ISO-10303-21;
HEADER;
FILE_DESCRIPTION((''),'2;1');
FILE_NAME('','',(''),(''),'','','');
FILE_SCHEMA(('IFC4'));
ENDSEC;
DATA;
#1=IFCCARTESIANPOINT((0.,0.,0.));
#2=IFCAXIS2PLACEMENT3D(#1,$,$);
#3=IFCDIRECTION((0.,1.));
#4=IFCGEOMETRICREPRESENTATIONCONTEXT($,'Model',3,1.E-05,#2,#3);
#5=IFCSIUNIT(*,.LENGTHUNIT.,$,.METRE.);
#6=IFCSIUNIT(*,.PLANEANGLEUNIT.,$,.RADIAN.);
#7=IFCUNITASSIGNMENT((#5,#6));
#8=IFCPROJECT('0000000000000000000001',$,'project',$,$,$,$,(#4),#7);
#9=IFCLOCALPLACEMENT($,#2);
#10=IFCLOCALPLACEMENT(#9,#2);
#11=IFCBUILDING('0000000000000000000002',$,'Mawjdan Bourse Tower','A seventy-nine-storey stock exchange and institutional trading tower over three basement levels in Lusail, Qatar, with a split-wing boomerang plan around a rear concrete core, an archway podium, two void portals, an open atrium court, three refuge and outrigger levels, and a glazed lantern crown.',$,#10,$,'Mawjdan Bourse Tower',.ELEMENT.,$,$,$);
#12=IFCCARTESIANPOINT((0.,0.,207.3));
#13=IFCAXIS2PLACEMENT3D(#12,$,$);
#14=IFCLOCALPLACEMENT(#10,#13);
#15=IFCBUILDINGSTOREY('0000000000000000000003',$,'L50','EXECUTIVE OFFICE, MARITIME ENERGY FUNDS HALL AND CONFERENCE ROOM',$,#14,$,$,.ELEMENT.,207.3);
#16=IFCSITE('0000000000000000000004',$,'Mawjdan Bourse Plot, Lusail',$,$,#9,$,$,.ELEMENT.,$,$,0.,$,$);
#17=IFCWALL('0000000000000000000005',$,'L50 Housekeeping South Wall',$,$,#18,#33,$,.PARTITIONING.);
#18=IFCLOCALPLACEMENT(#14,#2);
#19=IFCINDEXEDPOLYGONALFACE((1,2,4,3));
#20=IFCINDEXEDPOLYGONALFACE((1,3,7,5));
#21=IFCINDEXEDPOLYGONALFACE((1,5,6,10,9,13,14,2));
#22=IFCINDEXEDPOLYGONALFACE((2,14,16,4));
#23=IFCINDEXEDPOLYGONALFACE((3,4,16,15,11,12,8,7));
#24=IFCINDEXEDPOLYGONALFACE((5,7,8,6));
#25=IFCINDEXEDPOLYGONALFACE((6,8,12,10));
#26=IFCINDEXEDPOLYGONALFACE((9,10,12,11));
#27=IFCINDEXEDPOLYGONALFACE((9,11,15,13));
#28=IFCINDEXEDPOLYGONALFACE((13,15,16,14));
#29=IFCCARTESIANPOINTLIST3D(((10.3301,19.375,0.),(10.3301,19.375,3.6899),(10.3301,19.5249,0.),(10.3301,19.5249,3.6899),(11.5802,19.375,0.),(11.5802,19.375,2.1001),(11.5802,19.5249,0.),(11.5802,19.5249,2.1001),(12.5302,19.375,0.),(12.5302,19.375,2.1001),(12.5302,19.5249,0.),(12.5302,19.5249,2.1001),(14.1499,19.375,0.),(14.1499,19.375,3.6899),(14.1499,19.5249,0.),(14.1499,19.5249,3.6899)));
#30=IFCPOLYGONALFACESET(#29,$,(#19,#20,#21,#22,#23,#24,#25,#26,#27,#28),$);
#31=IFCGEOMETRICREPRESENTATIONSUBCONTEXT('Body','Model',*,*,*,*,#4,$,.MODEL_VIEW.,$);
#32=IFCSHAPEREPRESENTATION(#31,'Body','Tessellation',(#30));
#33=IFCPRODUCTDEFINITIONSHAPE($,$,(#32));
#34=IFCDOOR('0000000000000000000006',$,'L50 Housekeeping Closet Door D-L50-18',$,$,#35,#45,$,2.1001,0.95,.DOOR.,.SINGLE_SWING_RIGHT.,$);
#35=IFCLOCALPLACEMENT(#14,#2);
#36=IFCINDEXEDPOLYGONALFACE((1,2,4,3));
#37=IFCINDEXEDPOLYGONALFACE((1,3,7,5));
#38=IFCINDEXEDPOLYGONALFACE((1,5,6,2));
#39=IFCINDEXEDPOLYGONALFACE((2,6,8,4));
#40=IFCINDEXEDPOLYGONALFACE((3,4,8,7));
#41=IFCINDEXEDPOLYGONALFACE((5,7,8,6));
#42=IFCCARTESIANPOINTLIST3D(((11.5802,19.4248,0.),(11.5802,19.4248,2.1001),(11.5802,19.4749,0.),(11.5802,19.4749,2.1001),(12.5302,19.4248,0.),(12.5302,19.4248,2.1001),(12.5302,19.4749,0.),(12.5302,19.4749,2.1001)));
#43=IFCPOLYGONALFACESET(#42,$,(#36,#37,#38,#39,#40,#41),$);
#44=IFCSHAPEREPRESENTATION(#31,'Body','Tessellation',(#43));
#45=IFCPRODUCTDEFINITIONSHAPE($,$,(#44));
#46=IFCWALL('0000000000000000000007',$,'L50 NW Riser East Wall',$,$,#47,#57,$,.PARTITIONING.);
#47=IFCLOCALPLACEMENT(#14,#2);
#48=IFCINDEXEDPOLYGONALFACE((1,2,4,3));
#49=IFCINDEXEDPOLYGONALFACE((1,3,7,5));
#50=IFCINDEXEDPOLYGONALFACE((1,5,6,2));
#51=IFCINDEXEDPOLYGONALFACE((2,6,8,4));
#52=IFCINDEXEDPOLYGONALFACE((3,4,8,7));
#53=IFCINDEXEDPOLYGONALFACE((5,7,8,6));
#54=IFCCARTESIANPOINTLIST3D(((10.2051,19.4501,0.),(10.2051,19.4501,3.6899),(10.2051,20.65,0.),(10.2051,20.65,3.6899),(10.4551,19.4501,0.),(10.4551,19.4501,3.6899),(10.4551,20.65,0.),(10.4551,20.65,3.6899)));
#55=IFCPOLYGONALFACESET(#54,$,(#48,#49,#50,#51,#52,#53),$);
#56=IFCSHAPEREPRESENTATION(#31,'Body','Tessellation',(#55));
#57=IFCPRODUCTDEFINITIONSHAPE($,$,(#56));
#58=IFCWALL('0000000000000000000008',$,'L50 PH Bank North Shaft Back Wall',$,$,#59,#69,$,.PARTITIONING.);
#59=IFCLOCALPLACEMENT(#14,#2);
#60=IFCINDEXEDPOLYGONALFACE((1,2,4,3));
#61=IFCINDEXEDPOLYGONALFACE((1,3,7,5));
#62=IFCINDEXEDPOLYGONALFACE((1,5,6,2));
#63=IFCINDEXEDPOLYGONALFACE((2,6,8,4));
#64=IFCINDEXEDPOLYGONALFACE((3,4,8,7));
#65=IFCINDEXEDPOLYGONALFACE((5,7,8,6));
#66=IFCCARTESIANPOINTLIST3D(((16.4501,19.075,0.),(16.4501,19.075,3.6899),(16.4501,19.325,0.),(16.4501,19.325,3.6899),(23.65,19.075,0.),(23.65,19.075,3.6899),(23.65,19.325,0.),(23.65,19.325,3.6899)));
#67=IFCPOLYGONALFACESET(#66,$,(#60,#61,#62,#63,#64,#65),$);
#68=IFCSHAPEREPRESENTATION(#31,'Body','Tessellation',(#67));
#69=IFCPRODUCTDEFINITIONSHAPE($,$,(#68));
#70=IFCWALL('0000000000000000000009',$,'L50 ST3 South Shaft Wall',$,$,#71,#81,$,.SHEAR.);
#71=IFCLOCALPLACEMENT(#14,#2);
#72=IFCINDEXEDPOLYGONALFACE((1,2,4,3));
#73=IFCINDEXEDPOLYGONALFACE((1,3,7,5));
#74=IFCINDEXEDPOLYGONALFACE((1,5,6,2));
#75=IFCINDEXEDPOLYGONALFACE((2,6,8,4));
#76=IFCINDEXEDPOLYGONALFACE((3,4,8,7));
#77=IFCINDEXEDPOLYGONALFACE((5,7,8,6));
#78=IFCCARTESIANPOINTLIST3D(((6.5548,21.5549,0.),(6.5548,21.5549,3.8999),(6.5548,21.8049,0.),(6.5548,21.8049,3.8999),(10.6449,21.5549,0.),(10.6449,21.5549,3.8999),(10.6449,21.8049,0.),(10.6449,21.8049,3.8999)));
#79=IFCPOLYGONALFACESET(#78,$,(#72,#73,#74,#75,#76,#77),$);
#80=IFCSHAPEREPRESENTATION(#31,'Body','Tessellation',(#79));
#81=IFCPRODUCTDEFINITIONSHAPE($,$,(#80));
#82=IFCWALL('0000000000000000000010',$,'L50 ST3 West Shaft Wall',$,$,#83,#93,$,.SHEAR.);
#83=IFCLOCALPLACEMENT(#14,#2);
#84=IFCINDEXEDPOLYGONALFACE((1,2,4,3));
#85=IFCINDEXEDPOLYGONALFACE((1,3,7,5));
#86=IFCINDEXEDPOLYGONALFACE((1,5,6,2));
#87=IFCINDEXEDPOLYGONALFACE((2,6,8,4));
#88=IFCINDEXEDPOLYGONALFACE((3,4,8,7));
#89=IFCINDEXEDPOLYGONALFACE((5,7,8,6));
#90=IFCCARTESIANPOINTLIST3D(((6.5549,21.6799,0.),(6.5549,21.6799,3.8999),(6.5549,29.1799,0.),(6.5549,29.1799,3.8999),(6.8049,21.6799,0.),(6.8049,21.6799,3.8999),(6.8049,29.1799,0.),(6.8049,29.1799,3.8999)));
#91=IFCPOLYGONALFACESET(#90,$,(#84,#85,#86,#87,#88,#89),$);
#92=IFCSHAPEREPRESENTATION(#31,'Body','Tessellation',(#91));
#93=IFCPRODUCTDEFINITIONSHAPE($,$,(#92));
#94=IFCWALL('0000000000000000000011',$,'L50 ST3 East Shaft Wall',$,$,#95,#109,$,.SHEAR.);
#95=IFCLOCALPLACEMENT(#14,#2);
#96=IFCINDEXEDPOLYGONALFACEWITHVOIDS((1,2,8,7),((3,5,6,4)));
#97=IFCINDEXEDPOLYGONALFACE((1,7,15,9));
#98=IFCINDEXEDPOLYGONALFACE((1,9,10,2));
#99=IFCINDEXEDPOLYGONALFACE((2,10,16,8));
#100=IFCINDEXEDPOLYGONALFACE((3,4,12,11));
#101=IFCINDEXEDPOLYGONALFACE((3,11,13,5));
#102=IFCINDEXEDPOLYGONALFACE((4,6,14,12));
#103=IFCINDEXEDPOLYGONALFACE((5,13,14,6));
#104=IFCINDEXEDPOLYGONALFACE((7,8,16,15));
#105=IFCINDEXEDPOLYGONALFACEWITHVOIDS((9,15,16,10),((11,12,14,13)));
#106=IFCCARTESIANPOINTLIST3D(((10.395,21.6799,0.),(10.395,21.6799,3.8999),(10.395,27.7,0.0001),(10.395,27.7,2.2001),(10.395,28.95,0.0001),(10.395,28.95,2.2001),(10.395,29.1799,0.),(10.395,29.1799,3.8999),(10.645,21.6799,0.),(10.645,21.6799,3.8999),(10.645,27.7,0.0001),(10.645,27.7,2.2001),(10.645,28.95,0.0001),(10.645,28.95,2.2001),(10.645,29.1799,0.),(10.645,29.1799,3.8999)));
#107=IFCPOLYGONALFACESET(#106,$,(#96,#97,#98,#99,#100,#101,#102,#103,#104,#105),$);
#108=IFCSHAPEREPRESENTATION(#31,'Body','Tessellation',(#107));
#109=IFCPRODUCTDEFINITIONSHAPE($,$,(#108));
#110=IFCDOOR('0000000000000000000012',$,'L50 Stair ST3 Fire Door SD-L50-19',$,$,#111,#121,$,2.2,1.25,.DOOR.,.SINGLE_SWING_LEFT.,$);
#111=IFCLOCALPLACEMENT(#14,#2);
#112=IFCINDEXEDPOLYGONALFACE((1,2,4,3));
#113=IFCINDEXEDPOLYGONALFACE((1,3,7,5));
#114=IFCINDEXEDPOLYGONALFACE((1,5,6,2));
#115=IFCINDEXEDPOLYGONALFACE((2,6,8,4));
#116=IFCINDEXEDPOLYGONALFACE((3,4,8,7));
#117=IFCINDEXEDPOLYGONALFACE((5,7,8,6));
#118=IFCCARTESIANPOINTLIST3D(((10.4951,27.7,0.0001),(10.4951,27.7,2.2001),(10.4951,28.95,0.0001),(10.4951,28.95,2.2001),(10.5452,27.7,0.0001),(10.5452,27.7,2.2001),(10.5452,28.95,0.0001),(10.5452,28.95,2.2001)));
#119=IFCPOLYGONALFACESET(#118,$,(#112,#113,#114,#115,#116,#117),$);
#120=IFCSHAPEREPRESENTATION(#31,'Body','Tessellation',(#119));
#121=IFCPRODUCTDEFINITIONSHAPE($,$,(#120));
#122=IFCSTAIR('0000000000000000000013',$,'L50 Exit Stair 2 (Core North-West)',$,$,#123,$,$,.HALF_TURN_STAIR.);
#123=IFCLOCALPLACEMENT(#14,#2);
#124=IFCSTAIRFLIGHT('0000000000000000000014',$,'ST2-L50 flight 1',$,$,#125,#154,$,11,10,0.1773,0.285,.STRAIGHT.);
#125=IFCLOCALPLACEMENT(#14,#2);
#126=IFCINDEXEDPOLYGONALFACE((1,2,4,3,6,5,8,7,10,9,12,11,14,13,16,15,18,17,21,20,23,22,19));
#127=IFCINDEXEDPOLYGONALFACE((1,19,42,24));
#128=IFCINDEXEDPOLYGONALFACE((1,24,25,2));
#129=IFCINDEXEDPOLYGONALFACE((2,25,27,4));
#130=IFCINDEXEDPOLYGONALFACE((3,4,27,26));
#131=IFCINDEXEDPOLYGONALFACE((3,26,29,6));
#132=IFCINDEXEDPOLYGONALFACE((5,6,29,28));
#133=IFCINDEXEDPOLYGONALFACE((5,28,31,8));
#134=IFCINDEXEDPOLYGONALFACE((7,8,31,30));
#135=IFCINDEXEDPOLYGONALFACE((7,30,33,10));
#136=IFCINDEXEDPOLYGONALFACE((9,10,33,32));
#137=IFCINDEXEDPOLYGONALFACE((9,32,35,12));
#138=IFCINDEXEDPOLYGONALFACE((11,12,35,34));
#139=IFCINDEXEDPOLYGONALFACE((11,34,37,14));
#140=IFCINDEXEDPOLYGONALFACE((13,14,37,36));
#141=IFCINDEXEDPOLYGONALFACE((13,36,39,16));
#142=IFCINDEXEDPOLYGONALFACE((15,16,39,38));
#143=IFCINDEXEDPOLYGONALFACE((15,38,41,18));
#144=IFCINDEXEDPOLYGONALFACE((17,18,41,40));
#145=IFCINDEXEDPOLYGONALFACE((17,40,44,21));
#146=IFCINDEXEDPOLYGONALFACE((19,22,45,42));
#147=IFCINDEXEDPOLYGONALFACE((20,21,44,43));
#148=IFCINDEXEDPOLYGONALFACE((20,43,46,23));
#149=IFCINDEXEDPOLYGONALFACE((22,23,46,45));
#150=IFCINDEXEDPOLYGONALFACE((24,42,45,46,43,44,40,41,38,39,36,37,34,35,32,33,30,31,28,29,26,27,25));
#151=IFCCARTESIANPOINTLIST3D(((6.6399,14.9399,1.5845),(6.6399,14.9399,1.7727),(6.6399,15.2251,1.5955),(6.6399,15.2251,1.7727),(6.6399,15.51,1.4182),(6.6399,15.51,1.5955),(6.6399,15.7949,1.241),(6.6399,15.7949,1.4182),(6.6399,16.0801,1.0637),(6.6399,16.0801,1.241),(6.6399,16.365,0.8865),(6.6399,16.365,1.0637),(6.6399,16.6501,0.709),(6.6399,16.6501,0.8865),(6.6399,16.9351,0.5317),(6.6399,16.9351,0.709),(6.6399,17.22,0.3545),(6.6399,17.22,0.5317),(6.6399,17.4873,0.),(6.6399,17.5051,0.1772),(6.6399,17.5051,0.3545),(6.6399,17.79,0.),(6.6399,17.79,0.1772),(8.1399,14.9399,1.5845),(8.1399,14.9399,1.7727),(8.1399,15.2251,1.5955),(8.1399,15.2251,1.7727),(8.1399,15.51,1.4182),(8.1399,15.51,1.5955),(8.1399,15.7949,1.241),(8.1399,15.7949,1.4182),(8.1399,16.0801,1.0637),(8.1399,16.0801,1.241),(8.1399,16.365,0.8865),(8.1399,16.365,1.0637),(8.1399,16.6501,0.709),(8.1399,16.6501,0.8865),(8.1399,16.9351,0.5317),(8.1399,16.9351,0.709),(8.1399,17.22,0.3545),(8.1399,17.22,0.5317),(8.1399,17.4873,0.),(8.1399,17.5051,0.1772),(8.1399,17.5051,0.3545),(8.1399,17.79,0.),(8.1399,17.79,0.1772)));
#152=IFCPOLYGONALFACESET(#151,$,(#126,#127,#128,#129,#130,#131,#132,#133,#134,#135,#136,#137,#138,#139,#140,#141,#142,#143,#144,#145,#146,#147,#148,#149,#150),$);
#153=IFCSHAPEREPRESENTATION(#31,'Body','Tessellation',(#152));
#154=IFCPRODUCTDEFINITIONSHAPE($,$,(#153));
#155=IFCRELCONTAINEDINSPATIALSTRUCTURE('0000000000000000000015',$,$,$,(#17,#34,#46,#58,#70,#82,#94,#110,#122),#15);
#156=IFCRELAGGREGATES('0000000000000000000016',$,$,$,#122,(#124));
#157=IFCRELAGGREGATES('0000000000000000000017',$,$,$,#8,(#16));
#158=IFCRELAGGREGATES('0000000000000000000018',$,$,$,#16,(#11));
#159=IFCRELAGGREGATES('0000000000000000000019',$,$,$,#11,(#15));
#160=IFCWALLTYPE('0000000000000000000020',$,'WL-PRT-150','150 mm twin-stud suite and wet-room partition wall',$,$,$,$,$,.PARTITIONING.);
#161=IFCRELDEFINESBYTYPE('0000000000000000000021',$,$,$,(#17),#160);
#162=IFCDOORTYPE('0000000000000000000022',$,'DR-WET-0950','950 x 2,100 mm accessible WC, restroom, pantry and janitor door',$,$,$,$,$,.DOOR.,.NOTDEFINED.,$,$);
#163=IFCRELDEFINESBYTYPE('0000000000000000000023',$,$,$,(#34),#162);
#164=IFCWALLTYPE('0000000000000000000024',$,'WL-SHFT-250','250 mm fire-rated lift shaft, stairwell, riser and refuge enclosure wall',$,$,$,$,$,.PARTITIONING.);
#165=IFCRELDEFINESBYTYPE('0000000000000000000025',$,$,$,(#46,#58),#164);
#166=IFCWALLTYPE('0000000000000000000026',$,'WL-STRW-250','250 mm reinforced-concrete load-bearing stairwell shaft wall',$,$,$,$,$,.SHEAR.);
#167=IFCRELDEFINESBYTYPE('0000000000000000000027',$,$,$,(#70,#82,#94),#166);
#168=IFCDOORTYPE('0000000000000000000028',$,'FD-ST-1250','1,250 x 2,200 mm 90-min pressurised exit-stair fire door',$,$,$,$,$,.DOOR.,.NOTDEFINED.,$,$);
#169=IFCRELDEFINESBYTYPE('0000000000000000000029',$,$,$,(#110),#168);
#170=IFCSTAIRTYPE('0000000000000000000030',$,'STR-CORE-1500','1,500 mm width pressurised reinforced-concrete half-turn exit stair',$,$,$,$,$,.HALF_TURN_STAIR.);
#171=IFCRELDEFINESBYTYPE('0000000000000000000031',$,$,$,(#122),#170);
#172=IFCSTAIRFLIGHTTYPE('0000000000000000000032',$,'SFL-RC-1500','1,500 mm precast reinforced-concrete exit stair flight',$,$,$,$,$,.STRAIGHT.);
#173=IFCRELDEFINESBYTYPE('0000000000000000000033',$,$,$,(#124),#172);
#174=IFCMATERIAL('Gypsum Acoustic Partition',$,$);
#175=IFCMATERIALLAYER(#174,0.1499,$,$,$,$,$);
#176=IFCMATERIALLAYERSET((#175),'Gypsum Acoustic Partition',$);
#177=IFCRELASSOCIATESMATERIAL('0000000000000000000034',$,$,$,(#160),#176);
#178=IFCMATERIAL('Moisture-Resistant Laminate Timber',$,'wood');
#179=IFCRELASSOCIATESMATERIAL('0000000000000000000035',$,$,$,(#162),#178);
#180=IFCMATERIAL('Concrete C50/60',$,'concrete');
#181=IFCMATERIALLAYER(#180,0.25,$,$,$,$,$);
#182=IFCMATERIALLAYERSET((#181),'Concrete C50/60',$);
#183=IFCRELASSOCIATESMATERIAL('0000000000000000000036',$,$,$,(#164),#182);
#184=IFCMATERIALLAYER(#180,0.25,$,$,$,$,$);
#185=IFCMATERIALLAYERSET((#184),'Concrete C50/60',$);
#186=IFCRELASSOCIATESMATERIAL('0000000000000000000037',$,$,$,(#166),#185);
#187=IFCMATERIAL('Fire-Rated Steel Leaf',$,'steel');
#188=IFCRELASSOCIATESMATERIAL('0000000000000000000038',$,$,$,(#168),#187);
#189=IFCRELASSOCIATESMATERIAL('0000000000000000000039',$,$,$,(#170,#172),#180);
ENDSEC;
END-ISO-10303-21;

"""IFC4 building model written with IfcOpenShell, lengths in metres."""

from ifc_helpers import new_model, si_unit, direction, frame, frame_2d, origin, place, context, subcontext, project, spatial, polyline, rectangle, outline, extrude, material, layer, layer_set, type_object, element, fill, aggregate, save


model = new_model("IFC4")

# Units and contexts
model_context = context("Model", 3, precision=1e-05, world=origin(), true_north=direction((0.0, 1.0)))
body_context = subcontext(model_context, "Body", "Model", "MODEL_VIEW")
ifc_project = project(units=[si_unit("LENGTHUNIT", "METRE"), si_unit("PLANEANGLEUNIT", "RADIAN")], contexts=[model_context])

# Site, building, storey
site_placement = place(None, origin())
site = spatial("IfcSite", under=ifc_project, at=site_placement, Name="Mawjdan Bourse Plot, Lusail", CompositionType="ELEMENT", RefElevation=0.0)
building_placement = place(site_placement, origin())
building = spatial("IfcBuilding", under=site, at=building_placement, Name="Mawjdan Bourse Tower", Description="A seventy-nine-storey stock exchange and institutional trading tower over three basement levels in Lusail, Qatar, with a split-wing boomerang plan around a rear concrete core, an archway podium, two void portals, an open atrium court, three refuge and outrigger levels, and a glazed lantern crown.", LongName="Mawjdan Bourse Tower", CompositionType="ELEMENT")
storey_placement = place(building_placement, frame((0.0, 0.0, 207.3)))
storey = spatial("IfcBuildingStorey", under=building, at=storey_placement, Name="L50", Description="EXECUTIVE OFFICE, MARITIME ENERGY FUNDS HALL AND CONFERENCE ROOM", CompositionType="ELEMENT", Elevation=207.3)

# Wall, opening, door
ifc_material_1 = material(Name="Gypsum Acoustic Partition")
ifc_layer_1 = layer(ifc_material_1, 0.1499)
ifc_layer_set_1 = layer_set([ifc_layer_1], Name="Gypsum Acoustic Partition")
wall_type_1 = type_object("IfcWallType", Name="WL-PRT-150", Description="150 mm twin-stud suite and wet-room partition wall", PredefinedType="PARTITIONING", material=ifc_layer_set_1)
wall_1_placement = place(storey_placement, frame((10.3301, 19.45, 0.0), z_axis=(0.0, 0.0, 1.0), x_axis=(1.0, 0.0, 0.0)))
wall_1 = element("IfcWall", 1, at=wall_1_placement, inside=storey, type_object=wall_type_1, Name="L50 Housekeeping South Wall", PredefinedType="PARTITIONING", context=body_context, shape_type="SweptSolid", body=[
    extrude(rectangle(XDim=3.8198, YDim=0.1499, at=frame_2d((1.9099, 0.0))), origin(), (0.0, 0.0, 1.0), 3.6899),
])
opening_1_placement = place(wall_1_placement, frame((1.25, 0.0, 0.0)))
opening_1 = element("IfcOpeningElement", 2, at=opening_1_placement, cuts=wall_1, PredefinedType="OPENING", context=body_context, shape_type="SweptSolid", body=[
    extrude(rectangle(XDim=0.95, YDim=2.1001, at=frame_2d((0.4751, 1.05))), frame((0.0, 0.085, 0.0), z_axis=(0.0, -1.0, 0.0), x_axis=(1.0, 0.0, 0.0)), (0.0, 0.0, 1.0), 0.1699),
])
ifc_material_2 = material(Name="Moisture-Resistant Laminate Timber", Category="wood")
door_type_1 = type_object("IfcDoorType", Name="DR-WET-0950", Description="950 x 2,100 mm accessible WC, restroom, pantry and janitor door", OperationType="NOTDEFINED", PredefinedType="DOOR", material=ifc_material_2)
door_1_placement = place(opening_1_placement, origin())
door_1 = element("IfcDoor", 3, at=door_1_placement, inside=storey, type_object=door_type_1, Name="L50 Housekeeping Closet Door D-L50-18", OperationType="SINGLE_SWING_RIGHT", OverallHeight=2.1001, OverallWidth=0.95, PredefinedType="DOOR", context=body_context, shape_type="SweptSolid", body=[
    extrude(rectangle(XDim=0.95, YDim=2.1001, at=frame_2d((0.4751, 1.05))), frame((0.0, 0.0249, 0.0), z_axis=(0.0, -1.0, 0.0), x_axis=(1.0, 0.0, 0.0)), (0.0, 0.0, 1.0), 0.05),
])
fill(opening_1, door_1)

# Walls
ifc_material_3 = material(Name="Concrete C50/60", Category="concrete")
ifc_layer_2 = layer(ifc_material_3, 0.25)
ifc_layer_set_2 = layer_set([ifc_layer_2], Name="Concrete C50/60")
wall_type_2 = type_object("IfcWallType", Name="WL-SHFT-250", Description="250 mm fire-rated lift shaft, stairwell, riser and refuge enclosure wall", PredefinedType="PARTITIONING", material=ifc_layer_set_2)
wall_2_placement = place(storey_placement, frame((10.3301, 19.45, 0.0), z_axis=(0.0, 0.0, 1.0), x_axis=(0.0, 1.0, 0.0)))
element("IfcWall", 4, at=wall_2_placement, inside=storey, type_object=wall_type_2, Name="L50 NW Riser East Wall", PredefinedType="PARTITIONING", context=body_context, shape_type="SweptSolid", body=[
    extrude(rectangle(XDim=1.2, YDim=0.25, at=frame_2d((0.6001, 0.0))), origin(), (0.0, 0.0, 1.0), 3.6899),
])
wall_3_placement = place(storey_placement, frame((16.45, 19.2, 0.0), z_axis=(0.0, 0.0, 1.0), x_axis=(1.0, 0.0, 0.0)))
element("IfcWall", 5, at=wall_3_placement, inside=storey, type_object=wall_type_2, Name="L50 PH Bank North Shaft Back Wall", PredefinedType="PARTITIONING", context=body_context, shape_type="SweptSolid", body=[
    extrude(rectangle(XDim=7.2, YDim=0.25, at=frame_2d((3.6001, 0.0))), origin(), (0.0, 0.0, 1.0), 3.6899),
])
ifc_layer_3 = layer(ifc_material_3, 0.25)
ifc_layer_set_3 = layer_set([ifc_layer_3], Name="Concrete C50/60")
wall_type_3 = type_object("IfcWallType", Name="WL-STRW-250", Description="250 mm reinforced-concrete load-bearing stairwell shaft wall", PredefinedType="SHEAR", material=ifc_layer_set_3)
wall_4_placement = place(storey_placement, frame((6.5549, 21.6799, 0.0), z_axis=(0.0, 0.0, 1.0), x_axis=(1.0, 0.0, 0.0)))
element("IfcWall", 6, at=wall_4_placement, inside=storey, type_object=wall_type_3, Name="L50 ST3 South Shaft Wall", PredefinedType="SHEAR", context=body_context, shape_type="SweptSolid", body=[
    extrude(rectangle(XDim=4.0901, YDim=0.25, at=frame_2d((2.0449, 0.0))), origin(), (0.0, 0.0, 1.0), 3.8999),
])
wall_5_placement = place(storey_placement, frame((6.6799, 21.6799, 0.0), z_axis=(0.0, 0.0, 1.0), x_axis=(0.0, 1.0, 0.0)))
element("IfcWall", 7, at=wall_5_placement, inside=storey, type_object=wall_type_3, Name="L50 ST3 West Shaft Wall", PredefinedType="SHEAR", context=body_context, shape_type="SweptSolid", body=[
    extrude(rectangle(XDim=7.5, YDim=0.25, at=frame_2d((3.75, 0.0))), origin(), (0.0, 0.0, 1.0), 3.8999),
])

# Wall, opening, door
wall_6_placement = place(storey_placement, frame((10.52, 21.6799, 0.0), z_axis=(0.0, 0.0, 1.0), x_axis=(0.0, 1.0, 0.0)))
wall_6 = element("IfcWall", 8, at=wall_6_placement, inside=storey, type_object=wall_type_3, Name="L50 ST3 East Shaft Wall", PredefinedType="SHEAR", context=body_context, shape_type="SweptSolid", body=[
    extrude(rectangle(XDim=7.5, YDim=0.25, at=frame_2d((3.75, 0.0))), origin(), (0.0, 0.0, 1.0), 3.8999),
])
opening_2_placement = place(wall_6_placement, frame((6.02, 0.0, 0.0)))
opening_2 = element("IfcOpeningElement", 9, at=opening_2_placement, cuts=wall_6, PredefinedType="OPENING", context=body_context, shape_type="SweptSolid", body=[
    extrude(rectangle(XDim=1.25, YDim=2.2, at=frame_2d((0.625, 1.1001))), frame((0.0, 0.135, 0.0), z_axis=(0.0, -1.0, 0.0), x_axis=(1.0, 0.0, 0.0)), (0.0, 0.0, 1.0), 0.27),
])
ifc_material_4 = material(Name="Fire-Rated Steel Leaf", Category="steel")
door_type_2 = type_object("IfcDoorType", Name="FD-ST-1250", Description="1,250 x 2,200 mm 90-min pressurised exit-stair fire door", OperationType="NOTDEFINED", PredefinedType="DOOR", material=ifc_material_4)
door_2_placement = place(opening_2_placement, origin())
door_2 = element("IfcDoor", 10, at=door_2_placement, inside=storey, type_object=door_type_2, Name="L50 Stair ST3 Fire Door SD-L50-19", OperationType="SINGLE_SWING_LEFT", OverallHeight=2.2, OverallWidth=1.25, PredefinedType="DOOR", context=body_context, shape_type="SweptSolid", body=[
    extrude(rectangle(XDim=1.25, YDim=2.2, at=frame_2d((0.625, 1.1001))), frame((0.0, 0.0249, 0.0), z_axis=(0.0, -1.0, 0.0), x_axis=(1.0, 0.0, 0.0)), (0.0, 0.0, 1.0), 0.05),
])
fill(opening_2, door_2)

# Stair, stair flight
stair_type = type_object("IfcStairType", Name="STR-CORE-1500", Description="1,500 mm width pressurised reinforced-concrete half-turn exit stair", PredefinedType="HALF_TURN_STAIR", material=ifc_material_3)
stair_1_placement = place(storey_placement, origin())
stair_1 = element("IfcStair", 11, at=stair_1_placement, inside=storey, type_object=stair_type, Name="L50 Exit Stair 2 (Core North-West)", PredefinedType="HALF_TURN_STAIR")
stair_flight_type = type_object("IfcStairFlightType", Name="SFL-RC-1500", Description="1,500 mm precast reinforced-concrete exit stair flight", PredefinedType="STRAIGHT", material=ifc_material_3)
stair_flight_1_placement = place(storey_placement, frame((7.3899, 17.79, 0.0), z_axis=(0.0, 0.0, 1.0), x_axis=(0.0, -1.0, 0.0)))
stair_flight_1 = element("IfcStairFlight", 12, at=stair_flight_1_placement, type_object=stair_flight_type, Name="ST2-L50 flight 1", NumberOfRisers=11, NumberOfTreads=10, PredefinedType="STRAIGHT", RiserHeight=0.1773, TreadLength=0.285, context=body_context, shape_type="SweptSolid", body=[
    extrude(outline(polyline([(0.0, 0.0), (0.0, 0.1772), (0.2849, 0.1772), (0.2849, 0.3545), (0.5701, 0.3545), (0.5701, 0.5317), (0.855, 0.5317), (0.855, 0.709), (1.1399, 0.709), (1.1399, 0.8865), (1.425, 0.8865), (1.425, 1.0637), (1.71, 1.0637), (1.71, 1.241), (1.9951, 1.241), (1.9951, 1.4182), (2.28, 1.4182), (2.28, 1.5955), (2.5649, 1.5955), (2.5649, 1.7727), (2.8501, 1.7727), (2.8501, 1.95), (2.8501, 1.5845), (0.3027, 0.0), (0.0, 0.0)])), frame((0.0, 0.75, 0.0), z_axis=(0.0, -1.0, 0.0), x_axis=(1.0, 0.0, 0.0)), (0.0, 0.0, 1.0), 1.5),
])
aggregate(stair_1, [stair_flight_1])

save(model, "model.ifc")
